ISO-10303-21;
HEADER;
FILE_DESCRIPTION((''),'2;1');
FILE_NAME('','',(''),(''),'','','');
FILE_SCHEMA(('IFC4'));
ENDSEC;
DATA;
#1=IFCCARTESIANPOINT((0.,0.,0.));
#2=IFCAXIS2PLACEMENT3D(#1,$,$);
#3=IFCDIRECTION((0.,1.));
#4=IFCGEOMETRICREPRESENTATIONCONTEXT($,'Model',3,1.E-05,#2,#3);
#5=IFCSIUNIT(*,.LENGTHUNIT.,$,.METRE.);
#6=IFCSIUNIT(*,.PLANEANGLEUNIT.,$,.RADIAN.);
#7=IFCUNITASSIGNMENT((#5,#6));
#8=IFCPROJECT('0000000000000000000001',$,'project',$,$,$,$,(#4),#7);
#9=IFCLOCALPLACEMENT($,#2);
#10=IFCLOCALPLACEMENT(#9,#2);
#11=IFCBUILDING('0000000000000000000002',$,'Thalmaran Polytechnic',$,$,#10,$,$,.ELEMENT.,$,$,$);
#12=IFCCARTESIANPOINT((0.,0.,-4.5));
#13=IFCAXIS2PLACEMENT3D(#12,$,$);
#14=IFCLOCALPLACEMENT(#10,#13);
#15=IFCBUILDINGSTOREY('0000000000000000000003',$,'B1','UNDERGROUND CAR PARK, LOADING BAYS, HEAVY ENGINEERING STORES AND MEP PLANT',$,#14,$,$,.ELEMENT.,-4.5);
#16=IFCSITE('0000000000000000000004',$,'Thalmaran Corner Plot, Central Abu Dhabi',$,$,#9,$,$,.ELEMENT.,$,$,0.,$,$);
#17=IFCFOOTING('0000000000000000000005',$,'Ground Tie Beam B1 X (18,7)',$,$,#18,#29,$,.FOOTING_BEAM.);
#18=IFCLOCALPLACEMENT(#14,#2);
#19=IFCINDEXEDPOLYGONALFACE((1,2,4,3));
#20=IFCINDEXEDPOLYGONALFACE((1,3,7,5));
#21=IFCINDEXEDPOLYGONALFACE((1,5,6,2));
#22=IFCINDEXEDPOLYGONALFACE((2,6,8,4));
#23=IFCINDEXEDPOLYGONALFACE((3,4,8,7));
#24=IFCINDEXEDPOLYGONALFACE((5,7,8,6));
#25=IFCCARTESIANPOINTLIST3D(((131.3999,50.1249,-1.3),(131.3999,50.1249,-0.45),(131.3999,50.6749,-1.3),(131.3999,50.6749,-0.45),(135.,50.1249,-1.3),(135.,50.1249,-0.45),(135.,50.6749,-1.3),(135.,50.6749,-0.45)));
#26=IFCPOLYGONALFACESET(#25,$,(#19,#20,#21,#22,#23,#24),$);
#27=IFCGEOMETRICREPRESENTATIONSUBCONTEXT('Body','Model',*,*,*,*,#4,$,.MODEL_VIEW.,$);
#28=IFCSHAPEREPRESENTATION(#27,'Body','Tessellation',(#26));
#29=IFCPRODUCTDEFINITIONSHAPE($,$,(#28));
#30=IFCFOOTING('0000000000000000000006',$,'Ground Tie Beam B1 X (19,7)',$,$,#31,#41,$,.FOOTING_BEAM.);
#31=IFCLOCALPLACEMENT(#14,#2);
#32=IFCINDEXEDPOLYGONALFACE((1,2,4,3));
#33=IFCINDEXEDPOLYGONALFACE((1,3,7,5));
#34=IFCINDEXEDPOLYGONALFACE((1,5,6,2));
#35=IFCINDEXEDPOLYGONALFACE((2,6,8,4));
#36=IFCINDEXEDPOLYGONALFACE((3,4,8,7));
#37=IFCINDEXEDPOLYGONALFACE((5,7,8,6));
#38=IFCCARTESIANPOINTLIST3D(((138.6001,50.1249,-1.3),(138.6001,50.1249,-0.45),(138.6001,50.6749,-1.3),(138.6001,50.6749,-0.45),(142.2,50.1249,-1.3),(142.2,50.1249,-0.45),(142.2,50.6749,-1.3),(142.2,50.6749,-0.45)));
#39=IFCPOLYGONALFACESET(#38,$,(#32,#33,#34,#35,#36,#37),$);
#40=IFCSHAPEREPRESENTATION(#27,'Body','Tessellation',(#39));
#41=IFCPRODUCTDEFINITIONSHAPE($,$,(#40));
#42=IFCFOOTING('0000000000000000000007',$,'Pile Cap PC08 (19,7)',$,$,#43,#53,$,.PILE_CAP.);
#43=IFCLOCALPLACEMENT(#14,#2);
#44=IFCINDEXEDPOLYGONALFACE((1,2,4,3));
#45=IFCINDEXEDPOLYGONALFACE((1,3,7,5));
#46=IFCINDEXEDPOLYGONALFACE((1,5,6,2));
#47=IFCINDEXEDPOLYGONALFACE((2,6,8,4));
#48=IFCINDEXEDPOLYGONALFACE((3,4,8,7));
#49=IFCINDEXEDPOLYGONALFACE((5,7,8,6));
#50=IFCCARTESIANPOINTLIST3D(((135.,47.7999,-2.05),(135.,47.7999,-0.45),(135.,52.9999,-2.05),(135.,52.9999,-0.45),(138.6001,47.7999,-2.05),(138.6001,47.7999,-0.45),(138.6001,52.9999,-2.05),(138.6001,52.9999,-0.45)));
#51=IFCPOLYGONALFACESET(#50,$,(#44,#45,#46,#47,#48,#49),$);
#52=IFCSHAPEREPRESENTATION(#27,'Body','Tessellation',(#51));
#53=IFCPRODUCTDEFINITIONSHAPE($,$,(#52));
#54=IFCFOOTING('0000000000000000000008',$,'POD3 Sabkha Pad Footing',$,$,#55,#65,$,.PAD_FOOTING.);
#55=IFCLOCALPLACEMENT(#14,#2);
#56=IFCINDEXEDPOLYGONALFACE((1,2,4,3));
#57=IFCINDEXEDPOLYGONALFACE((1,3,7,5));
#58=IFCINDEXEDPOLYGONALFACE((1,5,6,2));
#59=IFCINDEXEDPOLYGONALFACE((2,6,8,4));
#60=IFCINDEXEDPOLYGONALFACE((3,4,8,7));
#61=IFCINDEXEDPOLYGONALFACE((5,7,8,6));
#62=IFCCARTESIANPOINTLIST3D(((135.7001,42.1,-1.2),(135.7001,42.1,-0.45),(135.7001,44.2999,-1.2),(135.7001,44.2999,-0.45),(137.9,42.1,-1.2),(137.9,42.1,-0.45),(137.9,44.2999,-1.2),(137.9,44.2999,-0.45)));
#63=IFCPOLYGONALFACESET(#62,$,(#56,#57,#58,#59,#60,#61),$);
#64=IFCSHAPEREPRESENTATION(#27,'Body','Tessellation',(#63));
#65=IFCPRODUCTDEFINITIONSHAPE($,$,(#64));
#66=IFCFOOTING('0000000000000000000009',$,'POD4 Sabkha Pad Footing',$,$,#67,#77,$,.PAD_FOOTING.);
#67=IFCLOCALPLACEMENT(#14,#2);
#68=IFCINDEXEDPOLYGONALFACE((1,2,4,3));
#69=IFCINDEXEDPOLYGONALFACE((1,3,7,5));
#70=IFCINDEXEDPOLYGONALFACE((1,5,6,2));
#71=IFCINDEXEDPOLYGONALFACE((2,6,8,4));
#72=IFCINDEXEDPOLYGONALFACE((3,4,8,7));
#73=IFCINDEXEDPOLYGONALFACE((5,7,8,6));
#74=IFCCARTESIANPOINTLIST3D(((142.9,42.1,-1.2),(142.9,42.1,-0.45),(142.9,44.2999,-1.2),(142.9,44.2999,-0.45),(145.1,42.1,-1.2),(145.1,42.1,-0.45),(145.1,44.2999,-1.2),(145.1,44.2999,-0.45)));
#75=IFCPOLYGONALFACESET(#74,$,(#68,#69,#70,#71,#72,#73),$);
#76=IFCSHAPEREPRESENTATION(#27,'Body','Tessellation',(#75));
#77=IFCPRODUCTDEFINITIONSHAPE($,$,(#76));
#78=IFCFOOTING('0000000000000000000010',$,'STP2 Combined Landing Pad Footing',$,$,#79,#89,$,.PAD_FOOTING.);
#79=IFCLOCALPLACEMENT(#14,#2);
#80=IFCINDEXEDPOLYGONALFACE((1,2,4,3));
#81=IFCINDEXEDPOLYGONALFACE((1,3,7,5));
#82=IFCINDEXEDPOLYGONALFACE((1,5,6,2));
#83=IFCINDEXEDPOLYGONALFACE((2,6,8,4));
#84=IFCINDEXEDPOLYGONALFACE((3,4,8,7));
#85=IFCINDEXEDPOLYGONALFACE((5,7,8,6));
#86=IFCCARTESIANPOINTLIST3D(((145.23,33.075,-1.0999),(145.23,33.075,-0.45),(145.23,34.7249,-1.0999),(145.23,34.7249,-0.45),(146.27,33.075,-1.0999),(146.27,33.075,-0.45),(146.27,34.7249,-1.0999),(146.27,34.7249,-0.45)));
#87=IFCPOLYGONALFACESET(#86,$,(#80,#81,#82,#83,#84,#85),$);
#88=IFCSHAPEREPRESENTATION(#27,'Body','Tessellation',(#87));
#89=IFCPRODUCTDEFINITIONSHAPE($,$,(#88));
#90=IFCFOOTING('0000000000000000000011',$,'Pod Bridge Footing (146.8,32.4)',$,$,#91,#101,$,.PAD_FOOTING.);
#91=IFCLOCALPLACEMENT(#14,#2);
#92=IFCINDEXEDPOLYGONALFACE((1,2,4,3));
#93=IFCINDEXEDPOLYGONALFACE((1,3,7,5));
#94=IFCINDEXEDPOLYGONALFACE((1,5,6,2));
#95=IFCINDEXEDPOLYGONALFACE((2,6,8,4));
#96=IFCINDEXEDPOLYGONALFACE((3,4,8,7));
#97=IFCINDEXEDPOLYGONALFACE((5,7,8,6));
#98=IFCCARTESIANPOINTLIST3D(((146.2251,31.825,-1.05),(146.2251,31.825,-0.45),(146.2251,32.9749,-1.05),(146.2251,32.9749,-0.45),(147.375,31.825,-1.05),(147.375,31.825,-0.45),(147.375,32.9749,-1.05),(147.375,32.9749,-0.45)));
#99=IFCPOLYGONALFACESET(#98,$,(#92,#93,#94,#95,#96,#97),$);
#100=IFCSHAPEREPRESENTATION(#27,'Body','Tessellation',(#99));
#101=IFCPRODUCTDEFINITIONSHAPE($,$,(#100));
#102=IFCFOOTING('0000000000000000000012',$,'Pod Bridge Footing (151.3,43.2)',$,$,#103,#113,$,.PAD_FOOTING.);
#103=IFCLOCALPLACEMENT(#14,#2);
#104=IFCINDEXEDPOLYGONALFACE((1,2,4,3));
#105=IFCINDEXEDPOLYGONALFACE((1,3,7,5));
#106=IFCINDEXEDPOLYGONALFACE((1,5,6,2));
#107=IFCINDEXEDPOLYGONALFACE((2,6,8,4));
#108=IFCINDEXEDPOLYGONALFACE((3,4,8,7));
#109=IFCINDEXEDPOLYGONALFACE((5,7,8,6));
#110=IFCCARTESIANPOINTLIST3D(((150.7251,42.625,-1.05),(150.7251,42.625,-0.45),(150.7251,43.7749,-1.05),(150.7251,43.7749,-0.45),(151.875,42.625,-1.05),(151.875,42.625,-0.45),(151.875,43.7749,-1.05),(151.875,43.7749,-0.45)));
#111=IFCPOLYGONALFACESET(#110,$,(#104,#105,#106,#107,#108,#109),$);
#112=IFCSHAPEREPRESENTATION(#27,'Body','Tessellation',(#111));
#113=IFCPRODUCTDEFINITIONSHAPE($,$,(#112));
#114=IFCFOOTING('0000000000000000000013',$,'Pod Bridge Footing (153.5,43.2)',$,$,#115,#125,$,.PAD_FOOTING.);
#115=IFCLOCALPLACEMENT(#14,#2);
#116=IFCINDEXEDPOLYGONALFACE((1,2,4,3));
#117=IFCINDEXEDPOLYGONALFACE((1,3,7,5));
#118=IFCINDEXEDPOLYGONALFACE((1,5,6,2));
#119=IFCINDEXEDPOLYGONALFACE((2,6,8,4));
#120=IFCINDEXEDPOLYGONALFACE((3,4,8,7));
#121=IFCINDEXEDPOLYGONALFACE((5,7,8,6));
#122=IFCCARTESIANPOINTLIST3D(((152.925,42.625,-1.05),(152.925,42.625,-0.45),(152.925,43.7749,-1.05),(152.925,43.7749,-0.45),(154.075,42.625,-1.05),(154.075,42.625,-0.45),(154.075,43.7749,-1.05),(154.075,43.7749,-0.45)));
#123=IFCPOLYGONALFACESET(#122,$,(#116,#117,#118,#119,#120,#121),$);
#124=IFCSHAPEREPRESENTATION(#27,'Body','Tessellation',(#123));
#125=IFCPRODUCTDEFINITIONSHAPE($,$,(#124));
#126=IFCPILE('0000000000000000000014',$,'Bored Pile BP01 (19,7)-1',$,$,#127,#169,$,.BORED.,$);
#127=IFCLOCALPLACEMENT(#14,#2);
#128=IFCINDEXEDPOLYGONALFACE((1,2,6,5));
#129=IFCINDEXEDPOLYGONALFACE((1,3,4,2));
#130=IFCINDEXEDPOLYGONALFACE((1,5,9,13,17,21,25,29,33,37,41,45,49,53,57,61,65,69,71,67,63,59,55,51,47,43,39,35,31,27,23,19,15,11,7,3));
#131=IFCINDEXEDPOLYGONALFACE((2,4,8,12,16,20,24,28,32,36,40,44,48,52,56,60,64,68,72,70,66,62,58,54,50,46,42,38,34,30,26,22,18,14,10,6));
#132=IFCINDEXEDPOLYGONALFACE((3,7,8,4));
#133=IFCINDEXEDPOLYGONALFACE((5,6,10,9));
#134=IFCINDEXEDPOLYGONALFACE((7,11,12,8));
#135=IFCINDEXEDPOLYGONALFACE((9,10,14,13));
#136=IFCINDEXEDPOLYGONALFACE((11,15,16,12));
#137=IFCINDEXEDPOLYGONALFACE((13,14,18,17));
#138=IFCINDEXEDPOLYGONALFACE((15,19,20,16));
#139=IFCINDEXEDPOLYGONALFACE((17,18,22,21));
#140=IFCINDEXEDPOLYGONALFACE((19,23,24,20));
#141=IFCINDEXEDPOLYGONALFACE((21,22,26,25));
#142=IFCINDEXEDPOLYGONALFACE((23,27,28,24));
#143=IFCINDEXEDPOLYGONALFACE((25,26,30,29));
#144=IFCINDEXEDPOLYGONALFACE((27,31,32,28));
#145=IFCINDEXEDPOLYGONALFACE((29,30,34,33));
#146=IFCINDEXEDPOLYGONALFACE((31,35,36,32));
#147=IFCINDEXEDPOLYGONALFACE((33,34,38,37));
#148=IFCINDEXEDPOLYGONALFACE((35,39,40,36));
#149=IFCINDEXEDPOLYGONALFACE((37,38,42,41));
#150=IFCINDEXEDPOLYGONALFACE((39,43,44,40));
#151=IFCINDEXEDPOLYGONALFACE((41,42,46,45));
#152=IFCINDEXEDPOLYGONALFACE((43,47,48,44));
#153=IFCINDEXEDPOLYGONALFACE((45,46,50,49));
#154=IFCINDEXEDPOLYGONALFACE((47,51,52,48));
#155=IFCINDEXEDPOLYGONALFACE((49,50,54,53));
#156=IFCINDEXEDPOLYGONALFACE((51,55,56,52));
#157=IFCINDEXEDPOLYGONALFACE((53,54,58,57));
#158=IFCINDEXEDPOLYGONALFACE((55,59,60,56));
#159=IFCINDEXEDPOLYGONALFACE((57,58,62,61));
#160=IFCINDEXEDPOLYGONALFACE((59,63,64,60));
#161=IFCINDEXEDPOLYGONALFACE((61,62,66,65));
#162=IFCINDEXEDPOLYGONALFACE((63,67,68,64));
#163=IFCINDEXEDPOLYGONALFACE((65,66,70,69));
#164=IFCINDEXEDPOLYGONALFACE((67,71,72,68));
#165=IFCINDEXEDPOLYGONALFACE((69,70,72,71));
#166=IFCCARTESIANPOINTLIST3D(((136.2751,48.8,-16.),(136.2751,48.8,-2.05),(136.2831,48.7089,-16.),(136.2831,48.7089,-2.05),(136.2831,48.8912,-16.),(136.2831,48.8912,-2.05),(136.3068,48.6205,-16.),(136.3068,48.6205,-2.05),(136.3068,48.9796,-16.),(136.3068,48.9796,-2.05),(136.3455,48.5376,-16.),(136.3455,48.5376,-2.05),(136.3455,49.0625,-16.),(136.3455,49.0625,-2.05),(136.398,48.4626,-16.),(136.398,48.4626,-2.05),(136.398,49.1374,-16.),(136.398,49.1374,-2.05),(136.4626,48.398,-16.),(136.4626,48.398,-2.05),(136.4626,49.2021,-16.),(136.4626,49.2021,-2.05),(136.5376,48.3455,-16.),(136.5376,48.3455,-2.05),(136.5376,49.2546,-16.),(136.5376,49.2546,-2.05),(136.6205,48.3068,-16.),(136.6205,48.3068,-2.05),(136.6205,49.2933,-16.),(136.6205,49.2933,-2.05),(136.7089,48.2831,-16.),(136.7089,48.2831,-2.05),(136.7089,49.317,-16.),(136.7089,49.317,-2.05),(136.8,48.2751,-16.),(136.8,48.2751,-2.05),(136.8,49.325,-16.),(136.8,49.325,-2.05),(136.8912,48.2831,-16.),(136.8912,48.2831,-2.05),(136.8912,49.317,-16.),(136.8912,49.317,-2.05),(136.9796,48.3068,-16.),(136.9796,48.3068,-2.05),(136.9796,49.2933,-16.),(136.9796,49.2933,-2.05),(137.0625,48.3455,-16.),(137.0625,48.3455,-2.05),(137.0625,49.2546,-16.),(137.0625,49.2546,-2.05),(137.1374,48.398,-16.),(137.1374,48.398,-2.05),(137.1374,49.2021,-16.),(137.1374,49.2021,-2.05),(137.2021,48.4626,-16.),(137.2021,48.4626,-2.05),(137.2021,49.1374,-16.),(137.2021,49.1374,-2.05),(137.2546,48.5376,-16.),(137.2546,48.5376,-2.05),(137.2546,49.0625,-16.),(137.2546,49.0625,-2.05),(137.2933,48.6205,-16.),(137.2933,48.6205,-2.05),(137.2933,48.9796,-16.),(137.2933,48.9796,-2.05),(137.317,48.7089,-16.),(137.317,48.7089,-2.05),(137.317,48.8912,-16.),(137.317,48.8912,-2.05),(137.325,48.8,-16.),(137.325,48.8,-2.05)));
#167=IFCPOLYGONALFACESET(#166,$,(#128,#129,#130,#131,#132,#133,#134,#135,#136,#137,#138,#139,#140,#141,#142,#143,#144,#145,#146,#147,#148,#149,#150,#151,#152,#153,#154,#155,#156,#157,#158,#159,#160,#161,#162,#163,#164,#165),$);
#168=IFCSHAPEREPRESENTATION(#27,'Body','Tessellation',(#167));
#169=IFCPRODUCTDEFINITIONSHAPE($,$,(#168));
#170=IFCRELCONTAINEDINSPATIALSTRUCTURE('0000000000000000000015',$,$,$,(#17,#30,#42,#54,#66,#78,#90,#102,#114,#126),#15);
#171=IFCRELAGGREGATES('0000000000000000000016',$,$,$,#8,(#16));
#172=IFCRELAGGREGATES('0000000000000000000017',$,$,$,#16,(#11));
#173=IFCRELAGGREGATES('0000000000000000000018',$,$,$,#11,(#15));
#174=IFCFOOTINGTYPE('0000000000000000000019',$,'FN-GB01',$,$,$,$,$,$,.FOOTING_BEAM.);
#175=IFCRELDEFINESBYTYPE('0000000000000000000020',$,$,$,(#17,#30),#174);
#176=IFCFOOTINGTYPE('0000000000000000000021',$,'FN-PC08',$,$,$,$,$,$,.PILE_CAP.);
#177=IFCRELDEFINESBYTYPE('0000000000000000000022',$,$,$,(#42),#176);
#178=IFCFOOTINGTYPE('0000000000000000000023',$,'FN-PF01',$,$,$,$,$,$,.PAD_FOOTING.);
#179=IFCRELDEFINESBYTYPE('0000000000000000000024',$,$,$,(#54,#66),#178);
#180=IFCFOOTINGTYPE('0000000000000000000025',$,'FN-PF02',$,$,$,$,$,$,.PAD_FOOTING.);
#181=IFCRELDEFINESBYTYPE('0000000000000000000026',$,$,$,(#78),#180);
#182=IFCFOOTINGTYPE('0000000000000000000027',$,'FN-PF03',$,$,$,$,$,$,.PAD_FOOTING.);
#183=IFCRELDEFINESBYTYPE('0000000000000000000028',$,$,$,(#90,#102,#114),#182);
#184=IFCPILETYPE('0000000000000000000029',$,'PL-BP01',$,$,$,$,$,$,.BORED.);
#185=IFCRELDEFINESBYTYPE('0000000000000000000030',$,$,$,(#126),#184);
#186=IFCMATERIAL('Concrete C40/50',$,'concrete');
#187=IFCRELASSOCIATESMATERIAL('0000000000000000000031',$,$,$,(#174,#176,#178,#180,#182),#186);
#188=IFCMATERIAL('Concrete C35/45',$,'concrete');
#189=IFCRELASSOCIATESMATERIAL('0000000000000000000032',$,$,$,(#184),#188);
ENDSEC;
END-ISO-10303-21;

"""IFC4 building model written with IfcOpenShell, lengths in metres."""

from ifc_helpers import new_model, si_unit, direction, frame, origin, origin_2d, place, context, subcontext, project, spatial, rectangle, circle, extrude, material, material_profile, profile_set, type_object, element, save


model = new_model("IFC4")

# Units and contexts
model_context = context("Model", 3, precision=1e-05, world=origin(), true_north=direction((0.0, 1.0)))
body_context = subcontext(model_context, "Body", "Model", "MODEL_VIEW")
ifc_project = project(units=[si_unit("LENGTHUNIT", "METRE"), si_unit("PLANEANGLEUNIT", "RADIAN")], contexts=[model_context])

# Site, building, storey
site_placement = place(None, origin())
site = spatial("IfcSite", under=ifc_project, at=site_placement, Name="Thalmaran Corner Plot, Central Abu Dhabi", CompositionType="ELEMENT", RefElevation=0.0)
building_placement = place(site_placement, origin())
building = spatial("IfcBuilding", under=site, at=building_placement, Name="Thalmaran Polytechnic", CompositionType="ELEMENT")
storey_placement = place(building_placement, frame((0.0, 0.0, -4.5)))
storey = spatial("IfcBuildingStorey", under=building, at=storey_placement, Name="B1", Description="UNDERGROUND CAR PARK, LOADING BAYS, HEAVY ENGINEERING STORES AND MEP PLANT", CompositionType="ELEMENT", Elevation=-4.5)

# Footings
ifc_material_1 = material(Name="Concrete C40/50", Category="concrete")
ifc_material_profile_1 = material_profile(ifc_material_1, rectangle(XDim=0.55, YDim=0.8501, at=origin_2d()), Name="RC 550x850")
ifc_profile_set_1 = profile_set([ifc_material_profile_1], Name="Concrete C40/50")
footing_type_1 = type_object("IfcFootingType", Name="FN-GB01", PredefinedType="FOOTING_BEAM", material=ifc_profile_set_1)
footing_1_placement = place(storey_placement, frame((131.3999, 50.3999, -0.875), z_axis=(1.0, 0.0, 0.0), x_axis=(0.0, 1.0, 0.0)))
element("IfcFooting", 1, at=footing_1_placement, inside=storey, type_object=footing_type_1, Name="Ground Tie Beam B1 X (18,7)", PredefinedType="FOOTING_BEAM", context=body_context, shape_type="SweptSolid", body=[
    extrude(rectangle(XDim=0.55, YDim=0.8501, at=origin_2d()), origin(), (0.0, 0.0, 1.0), 3.6001),
])
footing_2_placement = place(storey_placement, frame((138.6001, 50.3999, -0.875), z_axis=(1.0, 0.0, 0.0), x_axis=(0.0, 1.0, 0.0)))
element("IfcFooting", 2, at=footing_2_placement, inside=storey, type_object=footing_type_1, Name="Ground Tie Beam B1 X (19,7)", PredefinedType="FOOTING_BEAM", context=body_context, shape_type="SweptSolid", body=[
    extrude(rectangle(XDim=0.55, YDim=0.8501, at=origin_2d()), origin(), (0.0, 0.0, 1.0), 3.5999),
])
footing_type_2 = type_object("IfcFootingType", Name="FN-PC08", PredefinedType="PILE_CAP", material=ifc_material_1)
footing_3_placement = place(storey_placement, frame((136.8, 50.3999, -2.05), z_axis=(0.0, 0.0, 1.0), x_axis=(1.0, 0.0, 0.0)))
element("IfcFooting", 3, at=footing_3_placement, inside=storey, type_object=footing_type_2, Name="Pile Cap PC08 (19,7)", PredefinedType="PILE_CAP", context=body_context, shape_type="SweptSolid", body=[
    extrude(rectangle(XDim=3.6001, YDim=5.2, at=origin_2d()), origin(), (0.0, 0.0, 1.0), 1.6001),
])
footing_type_3 = type_object("IfcFootingType", Name="FN-PF01", PredefinedType="PAD_FOOTING", material=ifc_material_1)
for number, where, z_axis, x_axis, name in (
    (4, (136.8, 43.2, -1.2), (0.0, 0.0, 1.0), (1.0, 0.0, 0.0), "POD3 Sabkha Pad Footing"),
    (5, (144.0, 43.2, -1.2), (0.0, 0.0, 1.0), (1.0, 0.0, 0.0), "POD4 Sabkha Pad Footing"),
):
    element("IfcFooting", number, at=place(storey_placement, frame(where, z_axis=z_axis, x_axis=x_axis)), inside=storey, type_object=footing_type_3, Name=name, PredefinedType="PAD_FOOTING", context=body_context, shape_type="SweptSolid", body=[
        extrude(rectangle(XDim=2.2, YDim=2.2, at=origin_2d()), origin(), (0.0, 0.0, 1.0), 0.75),
    ])
footing_type_4 = type_object("IfcFootingType", Name="FN-PF02", PredefinedType="PAD_FOOTING", material=ifc_material_1)
footing_4_placement = place(storey_placement, frame((145.75, 33.8999, -1.0999), z_axis=(0.0, 0.0, 1.0), x_axis=(1.0, 0.0, 0.0)))
element("IfcFooting", 6, at=footing_4_placement, inside=storey, type_object=footing_type_4, Name="STP2 Combined Landing Pad Footing", PredefinedType="PAD_FOOTING", context=body_context, shape_type="SweptSolid", body=[
    extrude(rectangle(XDim=1.04, YDim=1.6499, at=origin_2d()), origin(), (0.0, 0.0, 1.0), 0.6499),
])
footing_type_5 = type_object("IfcFootingType", Name="FN-PF03", PredefinedType="PAD_FOOTING", material=ifc_material_1)
for number, where, z_axis, x_axis, name in (
    (7, (146.8, 32.3999, -1.05), (0.0, 0.0, 1.0), (1.0, 0.0, 0.0), "Pod Bridge Footing (146.8,32.4)"),
    (8, (151.3, 43.2, -1.05), (0.0, 0.0, 1.0), (1.0, 0.0, 0.0), "Pod Bridge Footing (151.3,43.2)"),
    (9, (153.5, 43.2, -1.05), (0.0, 0.0, 1.0), (1.0, 0.0, 0.0), "Pod Bridge Footing (153.5,43.2)"),
):
    element("IfcFooting", number, at=place(storey_placement, frame(where, z_axis=z_axis, x_axis=x_axis)), inside=storey, type_object=footing_type_5, Name=name, PredefinedType="PAD_FOOTING", context=body_context, shape_type="SweptSolid", body=[
        extrude(rectangle(XDim=1.1499, YDim=1.1499, at=origin_2d()), origin(), (0.0, 0.0, 1.0), 0.6001),
    ])

# Pile
ifc_material_2 = material(Name="Concrete C35/45", Category="concrete")
ifc_material_profile_2 = material_profile(ifc_material_2, circle(Radius=0.5249, at=origin_2d()), Name="RC 1050 DIA")
ifc_profile_set_2 = profile_set([ifc_material_profile_2], Name="Concrete C35/45")
pile_type = type_object("IfcPileType", Name="PL-BP01", PredefinedType="BORED", material=ifc_profile_set_2)
for number, where, z_axis, x_axis, name in (
    (10, (136.8, 48.8, -2.05), (0.0, 0.0, -1.0), (1.0, 0.0, 0.0), "Bored Pile BP01 (19,7)-1"),
):
    element("IfcPile", number, at=place(storey_placement, frame(where, z_axis=z_axis, x_axis=x_axis)), inside=storey, type_object=pile_type, Name=name, PredefinedType="BORED", context=body_context, shape_type="SweptSolid", body=[
        extrude(circle(Radius=0.5249, at=origin_2d()), origin(), (0.0, 0.0, 1.0), 13.95),
    ])

save(model, "model.ifc")
